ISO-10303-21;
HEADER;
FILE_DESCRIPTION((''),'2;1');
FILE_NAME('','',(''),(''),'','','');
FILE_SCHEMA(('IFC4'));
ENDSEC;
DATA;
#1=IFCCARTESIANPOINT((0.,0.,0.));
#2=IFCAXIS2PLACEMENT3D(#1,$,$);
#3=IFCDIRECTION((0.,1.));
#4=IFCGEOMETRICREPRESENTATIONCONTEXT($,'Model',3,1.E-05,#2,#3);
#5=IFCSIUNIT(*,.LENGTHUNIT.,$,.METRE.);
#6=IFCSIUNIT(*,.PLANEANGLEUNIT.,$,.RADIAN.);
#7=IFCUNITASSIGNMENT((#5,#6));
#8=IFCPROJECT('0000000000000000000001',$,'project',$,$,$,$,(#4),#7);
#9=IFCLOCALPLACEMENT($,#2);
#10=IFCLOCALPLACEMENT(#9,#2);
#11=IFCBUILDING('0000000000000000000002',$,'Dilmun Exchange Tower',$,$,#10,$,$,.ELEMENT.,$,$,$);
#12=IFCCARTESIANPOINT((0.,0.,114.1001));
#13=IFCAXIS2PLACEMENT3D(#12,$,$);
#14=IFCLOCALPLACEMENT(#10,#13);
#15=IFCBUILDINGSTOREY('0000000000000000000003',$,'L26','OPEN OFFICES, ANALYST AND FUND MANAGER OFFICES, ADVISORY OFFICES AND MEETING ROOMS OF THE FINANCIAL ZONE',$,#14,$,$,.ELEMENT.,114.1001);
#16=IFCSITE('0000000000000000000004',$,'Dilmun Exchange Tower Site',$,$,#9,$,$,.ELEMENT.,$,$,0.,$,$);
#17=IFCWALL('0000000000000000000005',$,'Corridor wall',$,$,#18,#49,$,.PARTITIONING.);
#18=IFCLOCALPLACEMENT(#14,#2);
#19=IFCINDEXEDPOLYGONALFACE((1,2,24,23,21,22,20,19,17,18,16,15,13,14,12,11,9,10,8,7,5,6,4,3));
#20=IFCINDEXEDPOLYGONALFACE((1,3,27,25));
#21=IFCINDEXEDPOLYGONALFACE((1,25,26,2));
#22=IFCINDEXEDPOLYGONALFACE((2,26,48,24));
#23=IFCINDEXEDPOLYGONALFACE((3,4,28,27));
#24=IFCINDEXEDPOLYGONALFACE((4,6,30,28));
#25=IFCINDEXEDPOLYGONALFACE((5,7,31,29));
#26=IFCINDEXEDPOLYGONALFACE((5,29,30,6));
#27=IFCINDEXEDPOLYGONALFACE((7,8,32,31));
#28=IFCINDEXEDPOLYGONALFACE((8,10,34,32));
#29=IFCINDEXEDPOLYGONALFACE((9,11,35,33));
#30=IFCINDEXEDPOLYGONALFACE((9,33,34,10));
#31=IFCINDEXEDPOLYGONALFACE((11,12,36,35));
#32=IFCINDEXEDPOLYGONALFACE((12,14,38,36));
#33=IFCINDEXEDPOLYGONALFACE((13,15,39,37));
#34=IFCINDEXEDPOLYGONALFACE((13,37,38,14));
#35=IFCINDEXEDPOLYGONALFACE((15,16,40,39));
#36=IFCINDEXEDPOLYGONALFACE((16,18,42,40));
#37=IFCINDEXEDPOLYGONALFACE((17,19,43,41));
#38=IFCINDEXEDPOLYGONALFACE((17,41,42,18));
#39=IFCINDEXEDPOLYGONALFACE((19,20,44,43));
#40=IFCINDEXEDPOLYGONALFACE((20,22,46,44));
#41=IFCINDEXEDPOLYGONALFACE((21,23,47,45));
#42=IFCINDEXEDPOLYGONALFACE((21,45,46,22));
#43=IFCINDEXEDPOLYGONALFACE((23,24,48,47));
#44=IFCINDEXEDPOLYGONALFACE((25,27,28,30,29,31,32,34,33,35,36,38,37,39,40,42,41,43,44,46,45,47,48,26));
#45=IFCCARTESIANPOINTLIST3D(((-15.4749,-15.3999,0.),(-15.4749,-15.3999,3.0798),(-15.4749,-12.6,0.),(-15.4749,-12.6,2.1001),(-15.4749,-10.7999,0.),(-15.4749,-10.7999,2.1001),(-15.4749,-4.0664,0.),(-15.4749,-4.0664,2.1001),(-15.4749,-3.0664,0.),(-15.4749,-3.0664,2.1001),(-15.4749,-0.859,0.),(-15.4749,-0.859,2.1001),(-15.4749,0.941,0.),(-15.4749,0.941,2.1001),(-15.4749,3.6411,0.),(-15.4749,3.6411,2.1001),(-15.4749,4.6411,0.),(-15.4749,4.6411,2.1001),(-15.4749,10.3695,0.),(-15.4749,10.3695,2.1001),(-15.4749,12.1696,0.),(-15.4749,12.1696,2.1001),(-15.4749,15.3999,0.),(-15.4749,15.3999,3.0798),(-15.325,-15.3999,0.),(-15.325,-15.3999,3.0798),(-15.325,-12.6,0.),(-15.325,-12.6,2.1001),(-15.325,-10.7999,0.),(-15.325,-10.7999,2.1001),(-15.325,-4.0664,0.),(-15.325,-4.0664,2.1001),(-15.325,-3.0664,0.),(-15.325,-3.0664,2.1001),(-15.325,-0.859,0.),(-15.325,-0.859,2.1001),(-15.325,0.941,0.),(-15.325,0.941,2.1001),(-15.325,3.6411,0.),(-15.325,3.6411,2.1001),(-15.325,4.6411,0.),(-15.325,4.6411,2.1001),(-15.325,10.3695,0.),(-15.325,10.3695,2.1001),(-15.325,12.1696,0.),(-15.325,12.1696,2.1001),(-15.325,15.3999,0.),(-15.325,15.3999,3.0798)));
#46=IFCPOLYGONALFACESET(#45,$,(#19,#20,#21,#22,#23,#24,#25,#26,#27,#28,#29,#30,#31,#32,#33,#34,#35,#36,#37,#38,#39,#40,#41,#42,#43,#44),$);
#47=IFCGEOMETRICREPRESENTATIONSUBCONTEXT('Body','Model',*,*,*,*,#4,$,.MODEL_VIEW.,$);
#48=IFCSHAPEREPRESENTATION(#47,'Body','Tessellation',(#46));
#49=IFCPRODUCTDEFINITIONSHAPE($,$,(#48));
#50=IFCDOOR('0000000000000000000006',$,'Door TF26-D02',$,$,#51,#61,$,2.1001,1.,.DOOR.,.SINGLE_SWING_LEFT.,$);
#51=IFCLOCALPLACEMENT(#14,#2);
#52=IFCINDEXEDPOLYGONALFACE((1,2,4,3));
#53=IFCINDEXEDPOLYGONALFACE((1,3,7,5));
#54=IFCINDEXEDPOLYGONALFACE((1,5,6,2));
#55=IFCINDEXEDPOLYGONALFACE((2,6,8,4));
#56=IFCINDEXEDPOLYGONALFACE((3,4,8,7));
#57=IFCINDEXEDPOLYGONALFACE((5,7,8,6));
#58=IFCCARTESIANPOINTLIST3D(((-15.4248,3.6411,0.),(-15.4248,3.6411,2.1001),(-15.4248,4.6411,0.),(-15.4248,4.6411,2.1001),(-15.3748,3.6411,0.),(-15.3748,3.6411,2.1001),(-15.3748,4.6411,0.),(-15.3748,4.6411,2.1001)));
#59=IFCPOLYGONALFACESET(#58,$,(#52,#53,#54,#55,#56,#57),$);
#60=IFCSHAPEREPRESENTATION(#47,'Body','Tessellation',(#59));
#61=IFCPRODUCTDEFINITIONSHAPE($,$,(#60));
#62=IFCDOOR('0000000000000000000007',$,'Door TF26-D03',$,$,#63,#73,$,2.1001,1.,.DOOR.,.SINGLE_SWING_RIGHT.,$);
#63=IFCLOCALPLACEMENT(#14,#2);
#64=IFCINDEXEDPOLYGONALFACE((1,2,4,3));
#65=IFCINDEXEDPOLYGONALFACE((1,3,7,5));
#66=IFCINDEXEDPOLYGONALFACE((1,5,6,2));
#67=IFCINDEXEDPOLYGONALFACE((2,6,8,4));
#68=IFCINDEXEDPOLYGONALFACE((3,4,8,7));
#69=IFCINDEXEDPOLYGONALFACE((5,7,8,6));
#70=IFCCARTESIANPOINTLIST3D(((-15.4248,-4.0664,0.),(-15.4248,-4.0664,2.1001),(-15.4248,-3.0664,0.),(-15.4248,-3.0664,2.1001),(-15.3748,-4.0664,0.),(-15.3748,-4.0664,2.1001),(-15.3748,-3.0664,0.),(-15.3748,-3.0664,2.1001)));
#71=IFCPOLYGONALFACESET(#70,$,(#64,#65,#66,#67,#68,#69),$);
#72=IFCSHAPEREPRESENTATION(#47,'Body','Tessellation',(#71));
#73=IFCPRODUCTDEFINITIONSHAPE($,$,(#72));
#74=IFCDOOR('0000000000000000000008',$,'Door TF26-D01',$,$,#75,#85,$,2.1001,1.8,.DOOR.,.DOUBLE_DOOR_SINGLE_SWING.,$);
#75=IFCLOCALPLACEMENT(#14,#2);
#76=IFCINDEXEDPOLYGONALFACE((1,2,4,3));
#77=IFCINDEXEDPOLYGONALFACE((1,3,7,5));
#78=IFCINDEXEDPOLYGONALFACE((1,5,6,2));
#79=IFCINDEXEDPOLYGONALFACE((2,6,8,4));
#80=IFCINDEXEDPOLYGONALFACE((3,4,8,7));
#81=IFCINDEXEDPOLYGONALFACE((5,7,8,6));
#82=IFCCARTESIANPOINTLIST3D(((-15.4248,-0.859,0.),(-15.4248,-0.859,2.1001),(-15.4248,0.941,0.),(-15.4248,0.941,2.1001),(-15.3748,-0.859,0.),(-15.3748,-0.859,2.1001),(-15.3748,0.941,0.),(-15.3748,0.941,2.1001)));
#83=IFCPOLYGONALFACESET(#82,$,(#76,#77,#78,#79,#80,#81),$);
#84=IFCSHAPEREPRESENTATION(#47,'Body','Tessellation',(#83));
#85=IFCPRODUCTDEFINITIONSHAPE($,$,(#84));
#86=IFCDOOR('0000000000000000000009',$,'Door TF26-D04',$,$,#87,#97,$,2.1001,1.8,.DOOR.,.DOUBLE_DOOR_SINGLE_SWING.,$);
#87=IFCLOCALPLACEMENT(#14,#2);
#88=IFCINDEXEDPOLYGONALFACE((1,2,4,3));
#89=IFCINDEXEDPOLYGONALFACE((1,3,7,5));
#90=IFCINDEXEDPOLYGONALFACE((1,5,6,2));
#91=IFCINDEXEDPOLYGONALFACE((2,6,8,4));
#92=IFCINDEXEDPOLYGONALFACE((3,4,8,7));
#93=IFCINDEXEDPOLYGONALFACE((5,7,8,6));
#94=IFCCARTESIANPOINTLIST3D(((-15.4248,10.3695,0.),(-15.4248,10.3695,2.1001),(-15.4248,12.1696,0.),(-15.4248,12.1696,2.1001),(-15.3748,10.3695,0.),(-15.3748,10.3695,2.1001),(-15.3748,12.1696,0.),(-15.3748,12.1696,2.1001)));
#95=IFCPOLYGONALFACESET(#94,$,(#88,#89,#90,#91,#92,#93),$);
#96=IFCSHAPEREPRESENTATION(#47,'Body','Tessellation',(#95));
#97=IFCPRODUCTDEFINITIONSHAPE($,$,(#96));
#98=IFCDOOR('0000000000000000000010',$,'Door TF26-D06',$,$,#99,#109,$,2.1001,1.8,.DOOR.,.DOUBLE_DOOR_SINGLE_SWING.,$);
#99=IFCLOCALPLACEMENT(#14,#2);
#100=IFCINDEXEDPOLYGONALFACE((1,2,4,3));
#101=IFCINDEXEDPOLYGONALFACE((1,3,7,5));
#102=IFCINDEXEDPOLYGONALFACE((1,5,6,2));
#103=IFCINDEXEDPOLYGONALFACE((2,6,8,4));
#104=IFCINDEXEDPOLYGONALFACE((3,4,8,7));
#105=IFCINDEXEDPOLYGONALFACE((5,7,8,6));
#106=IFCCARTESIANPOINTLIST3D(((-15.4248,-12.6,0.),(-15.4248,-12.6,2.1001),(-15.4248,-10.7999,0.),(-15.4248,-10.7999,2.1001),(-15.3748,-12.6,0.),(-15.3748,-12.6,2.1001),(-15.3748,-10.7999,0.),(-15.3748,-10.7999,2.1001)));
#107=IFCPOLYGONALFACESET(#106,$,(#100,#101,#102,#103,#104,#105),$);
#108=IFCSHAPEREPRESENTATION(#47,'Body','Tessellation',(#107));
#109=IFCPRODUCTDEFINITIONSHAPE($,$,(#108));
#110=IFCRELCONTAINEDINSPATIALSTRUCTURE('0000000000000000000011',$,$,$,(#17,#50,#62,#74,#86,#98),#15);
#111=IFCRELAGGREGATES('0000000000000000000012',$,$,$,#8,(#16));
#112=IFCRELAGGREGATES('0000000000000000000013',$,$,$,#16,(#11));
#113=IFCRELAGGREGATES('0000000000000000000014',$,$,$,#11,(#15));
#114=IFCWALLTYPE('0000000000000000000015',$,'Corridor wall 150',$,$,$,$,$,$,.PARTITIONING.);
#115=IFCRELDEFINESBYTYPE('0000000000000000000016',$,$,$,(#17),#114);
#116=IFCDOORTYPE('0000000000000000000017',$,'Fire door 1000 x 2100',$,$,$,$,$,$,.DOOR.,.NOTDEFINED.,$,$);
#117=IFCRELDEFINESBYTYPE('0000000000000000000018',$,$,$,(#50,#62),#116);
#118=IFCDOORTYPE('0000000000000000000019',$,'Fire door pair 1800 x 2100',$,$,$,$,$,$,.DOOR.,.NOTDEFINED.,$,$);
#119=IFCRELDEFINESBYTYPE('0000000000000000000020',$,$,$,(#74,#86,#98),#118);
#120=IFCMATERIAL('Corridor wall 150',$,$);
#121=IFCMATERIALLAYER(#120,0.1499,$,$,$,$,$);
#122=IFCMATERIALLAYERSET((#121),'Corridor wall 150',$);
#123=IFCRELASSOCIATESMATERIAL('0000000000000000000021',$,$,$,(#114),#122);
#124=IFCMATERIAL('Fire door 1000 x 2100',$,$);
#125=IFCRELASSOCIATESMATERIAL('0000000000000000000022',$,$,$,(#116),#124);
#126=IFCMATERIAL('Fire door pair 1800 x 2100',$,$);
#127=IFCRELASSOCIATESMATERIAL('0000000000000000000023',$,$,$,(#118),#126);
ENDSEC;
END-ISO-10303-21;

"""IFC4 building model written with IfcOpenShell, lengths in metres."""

from ifc_helpers import new_model, si_unit, direction, frame, frame_2d, origin, place, context, subcontext, project, spatial, rectangle, extrude, material, layer, layer_set, type_object, element, fill, save


model = new_model("IFC4")

# Units and contexts
model_context = context("Model", 3, precision=1e-05, world=origin(), true_north=direction((0.0, 1.0)))
body_context = subcontext(model_context, "Body", "Model", "MODEL_VIEW")
ifc_project = project(units=[si_unit("LENGTHUNIT", "METRE"), si_unit("PLANEANGLEUNIT", "RADIAN")], contexts=[model_context])

# Site, building, storey
site_placement = place(None, origin())
site = spatial("IfcSite", under=ifc_project, at=site_placement, Name="Dilmun Exchange Tower Site", CompositionType="ELEMENT", RefElevation=0.0)
building_placement = place(site_placement, origin())
building = spatial("IfcBuilding", under=site, at=building_placement, Name="Dilmun Exchange Tower", CompositionType="ELEMENT")
storey_placement = place(building_placement, frame((0.0, 0.0, 114.1001)))
storey = spatial("IfcBuildingStorey", under=building, at=storey_placement, Name="L26", Description="OPEN OFFICES, ANALYST AND FUND MANAGER OFFICES, ADVISORY OFFICES AND MEETING ROOMS OF THE FINANCIAL ZONE", CompositionType="ELEMENT", Elevation=114.1001)

# Wall, openings, doors
ifc_material_1 = material(Name="Corridor wall 150")
ifc_layer = layer(ifc_material_1, 0.1499)
ifc_layer_set = layer_set([ifc_layer], Name="Corridor wall 150")
wall_type = type_object("IfcWallType", Name="Corridor wall 150", PredefinedType="PARTITIONING", material=ifc_layer_set)
wall_placement = place(storey_placement, frame((-15.3999, -15.3999, 0.0), z_axis=(0.0, 0.0, 1.0), x_axis=(0.0, 1.0, 0.0)))
wall = element("IfcWall", 1, at=wall_placement, inside=storey, type_object=wall_type, Name="Corridor wall", PredefinedType="PARTITIONING", context=body_context, shape_type="SweptSolid", body=[
    extrude(rectangle(XDim=30.7998, YDim=0.1499, at=frame_2d((15.3999, 0.0))), origin(), (0.0, 0.0, 1.0), 3.0798),
])
opening_1_placement = place(wall_placement, frame((14.541, 0.0, 0.0)))
opening_1 = element("IfcOpeningElement", 2, at=opening_1_placement, cuts=wall, PredefinedType="OPENING", context=body_context, shape_type="SweptSolid", body=[
    extrude(rectangle(XDim=1.8, YDim=2.1001, at=frame_2d((0.8999, 1.05))), frame((0.0, 0.085, 0.0), z_axis=(0.0, -1.0, 0.0), x_axis=(1.0, 0.0, 0.0)), (0.0, 0.0, 1.0), 0.1699),
])
opening_2_placement = place(wall_placement, frame((19.041, 0.0, 0.0)))
opening_2 = element("IfcOpeningElement", 3, at=opening_2_placement, cuts=wall, PredefinedType="OPENING", context=body_context, shape_type="SweptSolid", body=[
    extrude(rectangle(XDim=1.0, YDim=2.1001, at=frame_2d((0.5, 1.05))), frame((0.0, 0.085, 0.0), z_axis=(0.0, -1.0, 0.0), x_axis=(1.0, 0.0, 0.0)), (0.0, 0.0, 1.0), 0.1699),
])
opening_3_placement = place(wall_placement, frame((11.3335, 0.0, 0.0)))
opening_3 = element("IfcOpeningElement", 4, at=opening_3_placement, cuts=wall, PredefinedType="OPENING", context=body_context, shape_type="SweptSolid", body=[
    extrude(rectangle(XDim=1.0, YDim=2.1001, at=frame_2d((0.5, 1.05))), frame((0.0, 0.085, 0.0), z_axis=(0.0, -1.0, 0.0), x_axis=(1.0, 0.0, 0.0)), (0.0, 0.0, 1.0), 0.1699),
])
opening_4_placement = place(wall_placement, frame((25.7695, 0.0, 0.0)))
opening_4 = element("IfcOpeningElement", 5, at=opening_4_placement, cuts=wall, PredefinedType="OPENING", context=body_context, shape_type="SweptSolid", body=[
    extrude(rectangle(XDim=1.8, YDim=2.1001, at=frame_2d((0.8999, 1.05))), frame((0.0, 0.085, 0.0), z_axis=(0.0, -1.0, 0.0), x_axis=(1.0, 0.0, 0.0)), (0.0, 0.0, 1.0), 0.1699),
])
opening_5_placement = place(wall_placement, frame((2.8, 0.0, 0.0)))
opening_5 = element("IfcOpeningElement", 6, at=opening_5_placement, cuts=wall, PredefinedType="OPENING", context=body_context, shape_type="SweptSolid", body=[
    extrude(rectangle(XDim=1.8, YDim=2.1001, at=frame_2d((0.8999, 1.05))), frame((0.0, 0.085, 0.0), z_axis=(0.0, -1.0, 0.0), x_axis=(1.0, 0.0, 0.0)), (0.0, 0.0, 1.0), 0.1699),
])
ifc_material_2 = material(Name="Fire door 1000 x 2100")
door_type_1 = type_object("IfcDoorType", Name="Fire door 1000 x 2100", OperationType="NOTDEFINED", PredefinedType="DOOR", material=ifc_material_2)
door_1_placement = place(opening_2_placement, origin())
door_1 = element("IfcDoor", 7, at=door_1_placement, inside=storey, type_object=door_type_1, Name="Door TF26-D02", OperationType="SINGLE_SWING_LEFT", OverallHeight=2.1001, OverallWidth=1.0, PredefinedType="DOOR", context=body_context, shape_type="SweptSolid", body=[
    extrude(rectangle(XDim=1.0, YDim=2.1001, at=frame_2d((0.5, 1.05))), frame((0.0, 0.0249, 0.0), z_axis=(0.0, -1.0, 0.0), x_axis=(1.0, 0.0, 0.0)), (0.0, 0.0, 1.0), 0.05),
])
fill(opening_2, door_1)
door_2_placement = place(opening_3_placement, origin())
door_2 = element("IfcDoor", 8, at=door_2_placement, inside=storey, type_object=door_type_1, Name="Door TF26-D03", OperationType="SINGLE_SWING_RIGHT", OverallHeight=2.1001, OverallWidth=1.0, PredefinedType="DOOR", context=body_context, shape_type="SweptSolid", body=[
    extrude(rectangle(XDim=1.0, YDim=2.1001, at=frame_2d((0.5, 1.05))), frame((0.0, 0.0249, 0.0), z_axis=(0.0, -1.0, 0.0), x_axis=(1.0, 0.0, 0.0)), (0.0, 0.0, 1.0), 0.05),
])
fill(opening_3, door_2)
ifc_material_3 = material(Name="Fire door pair 1800 x 2100")
door_type_2 = type_object("IfcDoorType", Name="Fire door pair 1800 x 2100", OperationType="NOTDEFINED", PredefinedType="DOOR", material=ifc_material_3)
door_3_placement = place(opening_1_placement, origin())
door_3 = element("IfcDoor", 9, at=door_3_placement, inside=storey, type_object=door_type_2, Name="Door TF26-D01", OperationType="DOUBLE_DOOR_SINGLE_SWING", OverallHeight=2.1001, OverallWidth=1.8, PredefinedType="DOOR", context=body_context, shape_type="SweptSolid", body=[
    extrude(rectangle(XDim=1.8, YDim=2.1001, at=frame_2d((0.8999, 1.05))), frame((0.0, 0.0249, 0.0), z_axis=(0.0, -1.0, 0.0), x_axis=(1.0, 0.0, 0.0)), (0.0, 0.0, 1.0), 0.05),
])
fill(opening_1, door_3)
door_4_placement = place(opening_4_placement, origin())
door_4 = element("IfcDoor", 10, at=door_4_placement, inside=storey, type_object=door_type_2, Name="Door TF26-D04", OperationType="DOUBLE_DOOR_SINGLE_SWING", OverallHeight=2.1001, OverallWidth=1.8, PredefinedType="DOOR", context=body_context, shape_type="SweptSolid", body=[
    extrude(rectangle(XDim=1.8, YDim=2.1001, at=frame_2d((0.8999, 1.05))), frame((0.0, 0.0249, 0.0), z_axis=(0.0, -1.0, 0.0), x_axis=(1.0, 0.0, 0.0)), (0.0, 0.0, 1.0), 0.05),
])
fill(opening_4, door_4)
door_5_placement = place(opening_5_placement, origin())
door_5 = element("IfcDoor", 11, at=door_5_placement, inside=storey, type_object=door_type_2, Name="Door TF26-D06", OperationType="DOUBLE_DOOR_SINGLE_SWING", OverallHeight=2.1001, OverallWidth=1.8, PredefinedType="DOOR", context=body_context, shape_type="SweptSolid", body=[
    extrude(rectangle(XDim=1.8, YDim=2.1001, at=frame_2d((0.8999, 1.05))), frame((0.0, 0.0249, 0.0), z_axis=(0.0, -1.0, 0.0), x_axis=(1.0, 0.0, 0.0)), (0.0, 0.0, 1.0), 0.05),
])
fill(opening_5, door_5)

save(model, "model.ifc")
